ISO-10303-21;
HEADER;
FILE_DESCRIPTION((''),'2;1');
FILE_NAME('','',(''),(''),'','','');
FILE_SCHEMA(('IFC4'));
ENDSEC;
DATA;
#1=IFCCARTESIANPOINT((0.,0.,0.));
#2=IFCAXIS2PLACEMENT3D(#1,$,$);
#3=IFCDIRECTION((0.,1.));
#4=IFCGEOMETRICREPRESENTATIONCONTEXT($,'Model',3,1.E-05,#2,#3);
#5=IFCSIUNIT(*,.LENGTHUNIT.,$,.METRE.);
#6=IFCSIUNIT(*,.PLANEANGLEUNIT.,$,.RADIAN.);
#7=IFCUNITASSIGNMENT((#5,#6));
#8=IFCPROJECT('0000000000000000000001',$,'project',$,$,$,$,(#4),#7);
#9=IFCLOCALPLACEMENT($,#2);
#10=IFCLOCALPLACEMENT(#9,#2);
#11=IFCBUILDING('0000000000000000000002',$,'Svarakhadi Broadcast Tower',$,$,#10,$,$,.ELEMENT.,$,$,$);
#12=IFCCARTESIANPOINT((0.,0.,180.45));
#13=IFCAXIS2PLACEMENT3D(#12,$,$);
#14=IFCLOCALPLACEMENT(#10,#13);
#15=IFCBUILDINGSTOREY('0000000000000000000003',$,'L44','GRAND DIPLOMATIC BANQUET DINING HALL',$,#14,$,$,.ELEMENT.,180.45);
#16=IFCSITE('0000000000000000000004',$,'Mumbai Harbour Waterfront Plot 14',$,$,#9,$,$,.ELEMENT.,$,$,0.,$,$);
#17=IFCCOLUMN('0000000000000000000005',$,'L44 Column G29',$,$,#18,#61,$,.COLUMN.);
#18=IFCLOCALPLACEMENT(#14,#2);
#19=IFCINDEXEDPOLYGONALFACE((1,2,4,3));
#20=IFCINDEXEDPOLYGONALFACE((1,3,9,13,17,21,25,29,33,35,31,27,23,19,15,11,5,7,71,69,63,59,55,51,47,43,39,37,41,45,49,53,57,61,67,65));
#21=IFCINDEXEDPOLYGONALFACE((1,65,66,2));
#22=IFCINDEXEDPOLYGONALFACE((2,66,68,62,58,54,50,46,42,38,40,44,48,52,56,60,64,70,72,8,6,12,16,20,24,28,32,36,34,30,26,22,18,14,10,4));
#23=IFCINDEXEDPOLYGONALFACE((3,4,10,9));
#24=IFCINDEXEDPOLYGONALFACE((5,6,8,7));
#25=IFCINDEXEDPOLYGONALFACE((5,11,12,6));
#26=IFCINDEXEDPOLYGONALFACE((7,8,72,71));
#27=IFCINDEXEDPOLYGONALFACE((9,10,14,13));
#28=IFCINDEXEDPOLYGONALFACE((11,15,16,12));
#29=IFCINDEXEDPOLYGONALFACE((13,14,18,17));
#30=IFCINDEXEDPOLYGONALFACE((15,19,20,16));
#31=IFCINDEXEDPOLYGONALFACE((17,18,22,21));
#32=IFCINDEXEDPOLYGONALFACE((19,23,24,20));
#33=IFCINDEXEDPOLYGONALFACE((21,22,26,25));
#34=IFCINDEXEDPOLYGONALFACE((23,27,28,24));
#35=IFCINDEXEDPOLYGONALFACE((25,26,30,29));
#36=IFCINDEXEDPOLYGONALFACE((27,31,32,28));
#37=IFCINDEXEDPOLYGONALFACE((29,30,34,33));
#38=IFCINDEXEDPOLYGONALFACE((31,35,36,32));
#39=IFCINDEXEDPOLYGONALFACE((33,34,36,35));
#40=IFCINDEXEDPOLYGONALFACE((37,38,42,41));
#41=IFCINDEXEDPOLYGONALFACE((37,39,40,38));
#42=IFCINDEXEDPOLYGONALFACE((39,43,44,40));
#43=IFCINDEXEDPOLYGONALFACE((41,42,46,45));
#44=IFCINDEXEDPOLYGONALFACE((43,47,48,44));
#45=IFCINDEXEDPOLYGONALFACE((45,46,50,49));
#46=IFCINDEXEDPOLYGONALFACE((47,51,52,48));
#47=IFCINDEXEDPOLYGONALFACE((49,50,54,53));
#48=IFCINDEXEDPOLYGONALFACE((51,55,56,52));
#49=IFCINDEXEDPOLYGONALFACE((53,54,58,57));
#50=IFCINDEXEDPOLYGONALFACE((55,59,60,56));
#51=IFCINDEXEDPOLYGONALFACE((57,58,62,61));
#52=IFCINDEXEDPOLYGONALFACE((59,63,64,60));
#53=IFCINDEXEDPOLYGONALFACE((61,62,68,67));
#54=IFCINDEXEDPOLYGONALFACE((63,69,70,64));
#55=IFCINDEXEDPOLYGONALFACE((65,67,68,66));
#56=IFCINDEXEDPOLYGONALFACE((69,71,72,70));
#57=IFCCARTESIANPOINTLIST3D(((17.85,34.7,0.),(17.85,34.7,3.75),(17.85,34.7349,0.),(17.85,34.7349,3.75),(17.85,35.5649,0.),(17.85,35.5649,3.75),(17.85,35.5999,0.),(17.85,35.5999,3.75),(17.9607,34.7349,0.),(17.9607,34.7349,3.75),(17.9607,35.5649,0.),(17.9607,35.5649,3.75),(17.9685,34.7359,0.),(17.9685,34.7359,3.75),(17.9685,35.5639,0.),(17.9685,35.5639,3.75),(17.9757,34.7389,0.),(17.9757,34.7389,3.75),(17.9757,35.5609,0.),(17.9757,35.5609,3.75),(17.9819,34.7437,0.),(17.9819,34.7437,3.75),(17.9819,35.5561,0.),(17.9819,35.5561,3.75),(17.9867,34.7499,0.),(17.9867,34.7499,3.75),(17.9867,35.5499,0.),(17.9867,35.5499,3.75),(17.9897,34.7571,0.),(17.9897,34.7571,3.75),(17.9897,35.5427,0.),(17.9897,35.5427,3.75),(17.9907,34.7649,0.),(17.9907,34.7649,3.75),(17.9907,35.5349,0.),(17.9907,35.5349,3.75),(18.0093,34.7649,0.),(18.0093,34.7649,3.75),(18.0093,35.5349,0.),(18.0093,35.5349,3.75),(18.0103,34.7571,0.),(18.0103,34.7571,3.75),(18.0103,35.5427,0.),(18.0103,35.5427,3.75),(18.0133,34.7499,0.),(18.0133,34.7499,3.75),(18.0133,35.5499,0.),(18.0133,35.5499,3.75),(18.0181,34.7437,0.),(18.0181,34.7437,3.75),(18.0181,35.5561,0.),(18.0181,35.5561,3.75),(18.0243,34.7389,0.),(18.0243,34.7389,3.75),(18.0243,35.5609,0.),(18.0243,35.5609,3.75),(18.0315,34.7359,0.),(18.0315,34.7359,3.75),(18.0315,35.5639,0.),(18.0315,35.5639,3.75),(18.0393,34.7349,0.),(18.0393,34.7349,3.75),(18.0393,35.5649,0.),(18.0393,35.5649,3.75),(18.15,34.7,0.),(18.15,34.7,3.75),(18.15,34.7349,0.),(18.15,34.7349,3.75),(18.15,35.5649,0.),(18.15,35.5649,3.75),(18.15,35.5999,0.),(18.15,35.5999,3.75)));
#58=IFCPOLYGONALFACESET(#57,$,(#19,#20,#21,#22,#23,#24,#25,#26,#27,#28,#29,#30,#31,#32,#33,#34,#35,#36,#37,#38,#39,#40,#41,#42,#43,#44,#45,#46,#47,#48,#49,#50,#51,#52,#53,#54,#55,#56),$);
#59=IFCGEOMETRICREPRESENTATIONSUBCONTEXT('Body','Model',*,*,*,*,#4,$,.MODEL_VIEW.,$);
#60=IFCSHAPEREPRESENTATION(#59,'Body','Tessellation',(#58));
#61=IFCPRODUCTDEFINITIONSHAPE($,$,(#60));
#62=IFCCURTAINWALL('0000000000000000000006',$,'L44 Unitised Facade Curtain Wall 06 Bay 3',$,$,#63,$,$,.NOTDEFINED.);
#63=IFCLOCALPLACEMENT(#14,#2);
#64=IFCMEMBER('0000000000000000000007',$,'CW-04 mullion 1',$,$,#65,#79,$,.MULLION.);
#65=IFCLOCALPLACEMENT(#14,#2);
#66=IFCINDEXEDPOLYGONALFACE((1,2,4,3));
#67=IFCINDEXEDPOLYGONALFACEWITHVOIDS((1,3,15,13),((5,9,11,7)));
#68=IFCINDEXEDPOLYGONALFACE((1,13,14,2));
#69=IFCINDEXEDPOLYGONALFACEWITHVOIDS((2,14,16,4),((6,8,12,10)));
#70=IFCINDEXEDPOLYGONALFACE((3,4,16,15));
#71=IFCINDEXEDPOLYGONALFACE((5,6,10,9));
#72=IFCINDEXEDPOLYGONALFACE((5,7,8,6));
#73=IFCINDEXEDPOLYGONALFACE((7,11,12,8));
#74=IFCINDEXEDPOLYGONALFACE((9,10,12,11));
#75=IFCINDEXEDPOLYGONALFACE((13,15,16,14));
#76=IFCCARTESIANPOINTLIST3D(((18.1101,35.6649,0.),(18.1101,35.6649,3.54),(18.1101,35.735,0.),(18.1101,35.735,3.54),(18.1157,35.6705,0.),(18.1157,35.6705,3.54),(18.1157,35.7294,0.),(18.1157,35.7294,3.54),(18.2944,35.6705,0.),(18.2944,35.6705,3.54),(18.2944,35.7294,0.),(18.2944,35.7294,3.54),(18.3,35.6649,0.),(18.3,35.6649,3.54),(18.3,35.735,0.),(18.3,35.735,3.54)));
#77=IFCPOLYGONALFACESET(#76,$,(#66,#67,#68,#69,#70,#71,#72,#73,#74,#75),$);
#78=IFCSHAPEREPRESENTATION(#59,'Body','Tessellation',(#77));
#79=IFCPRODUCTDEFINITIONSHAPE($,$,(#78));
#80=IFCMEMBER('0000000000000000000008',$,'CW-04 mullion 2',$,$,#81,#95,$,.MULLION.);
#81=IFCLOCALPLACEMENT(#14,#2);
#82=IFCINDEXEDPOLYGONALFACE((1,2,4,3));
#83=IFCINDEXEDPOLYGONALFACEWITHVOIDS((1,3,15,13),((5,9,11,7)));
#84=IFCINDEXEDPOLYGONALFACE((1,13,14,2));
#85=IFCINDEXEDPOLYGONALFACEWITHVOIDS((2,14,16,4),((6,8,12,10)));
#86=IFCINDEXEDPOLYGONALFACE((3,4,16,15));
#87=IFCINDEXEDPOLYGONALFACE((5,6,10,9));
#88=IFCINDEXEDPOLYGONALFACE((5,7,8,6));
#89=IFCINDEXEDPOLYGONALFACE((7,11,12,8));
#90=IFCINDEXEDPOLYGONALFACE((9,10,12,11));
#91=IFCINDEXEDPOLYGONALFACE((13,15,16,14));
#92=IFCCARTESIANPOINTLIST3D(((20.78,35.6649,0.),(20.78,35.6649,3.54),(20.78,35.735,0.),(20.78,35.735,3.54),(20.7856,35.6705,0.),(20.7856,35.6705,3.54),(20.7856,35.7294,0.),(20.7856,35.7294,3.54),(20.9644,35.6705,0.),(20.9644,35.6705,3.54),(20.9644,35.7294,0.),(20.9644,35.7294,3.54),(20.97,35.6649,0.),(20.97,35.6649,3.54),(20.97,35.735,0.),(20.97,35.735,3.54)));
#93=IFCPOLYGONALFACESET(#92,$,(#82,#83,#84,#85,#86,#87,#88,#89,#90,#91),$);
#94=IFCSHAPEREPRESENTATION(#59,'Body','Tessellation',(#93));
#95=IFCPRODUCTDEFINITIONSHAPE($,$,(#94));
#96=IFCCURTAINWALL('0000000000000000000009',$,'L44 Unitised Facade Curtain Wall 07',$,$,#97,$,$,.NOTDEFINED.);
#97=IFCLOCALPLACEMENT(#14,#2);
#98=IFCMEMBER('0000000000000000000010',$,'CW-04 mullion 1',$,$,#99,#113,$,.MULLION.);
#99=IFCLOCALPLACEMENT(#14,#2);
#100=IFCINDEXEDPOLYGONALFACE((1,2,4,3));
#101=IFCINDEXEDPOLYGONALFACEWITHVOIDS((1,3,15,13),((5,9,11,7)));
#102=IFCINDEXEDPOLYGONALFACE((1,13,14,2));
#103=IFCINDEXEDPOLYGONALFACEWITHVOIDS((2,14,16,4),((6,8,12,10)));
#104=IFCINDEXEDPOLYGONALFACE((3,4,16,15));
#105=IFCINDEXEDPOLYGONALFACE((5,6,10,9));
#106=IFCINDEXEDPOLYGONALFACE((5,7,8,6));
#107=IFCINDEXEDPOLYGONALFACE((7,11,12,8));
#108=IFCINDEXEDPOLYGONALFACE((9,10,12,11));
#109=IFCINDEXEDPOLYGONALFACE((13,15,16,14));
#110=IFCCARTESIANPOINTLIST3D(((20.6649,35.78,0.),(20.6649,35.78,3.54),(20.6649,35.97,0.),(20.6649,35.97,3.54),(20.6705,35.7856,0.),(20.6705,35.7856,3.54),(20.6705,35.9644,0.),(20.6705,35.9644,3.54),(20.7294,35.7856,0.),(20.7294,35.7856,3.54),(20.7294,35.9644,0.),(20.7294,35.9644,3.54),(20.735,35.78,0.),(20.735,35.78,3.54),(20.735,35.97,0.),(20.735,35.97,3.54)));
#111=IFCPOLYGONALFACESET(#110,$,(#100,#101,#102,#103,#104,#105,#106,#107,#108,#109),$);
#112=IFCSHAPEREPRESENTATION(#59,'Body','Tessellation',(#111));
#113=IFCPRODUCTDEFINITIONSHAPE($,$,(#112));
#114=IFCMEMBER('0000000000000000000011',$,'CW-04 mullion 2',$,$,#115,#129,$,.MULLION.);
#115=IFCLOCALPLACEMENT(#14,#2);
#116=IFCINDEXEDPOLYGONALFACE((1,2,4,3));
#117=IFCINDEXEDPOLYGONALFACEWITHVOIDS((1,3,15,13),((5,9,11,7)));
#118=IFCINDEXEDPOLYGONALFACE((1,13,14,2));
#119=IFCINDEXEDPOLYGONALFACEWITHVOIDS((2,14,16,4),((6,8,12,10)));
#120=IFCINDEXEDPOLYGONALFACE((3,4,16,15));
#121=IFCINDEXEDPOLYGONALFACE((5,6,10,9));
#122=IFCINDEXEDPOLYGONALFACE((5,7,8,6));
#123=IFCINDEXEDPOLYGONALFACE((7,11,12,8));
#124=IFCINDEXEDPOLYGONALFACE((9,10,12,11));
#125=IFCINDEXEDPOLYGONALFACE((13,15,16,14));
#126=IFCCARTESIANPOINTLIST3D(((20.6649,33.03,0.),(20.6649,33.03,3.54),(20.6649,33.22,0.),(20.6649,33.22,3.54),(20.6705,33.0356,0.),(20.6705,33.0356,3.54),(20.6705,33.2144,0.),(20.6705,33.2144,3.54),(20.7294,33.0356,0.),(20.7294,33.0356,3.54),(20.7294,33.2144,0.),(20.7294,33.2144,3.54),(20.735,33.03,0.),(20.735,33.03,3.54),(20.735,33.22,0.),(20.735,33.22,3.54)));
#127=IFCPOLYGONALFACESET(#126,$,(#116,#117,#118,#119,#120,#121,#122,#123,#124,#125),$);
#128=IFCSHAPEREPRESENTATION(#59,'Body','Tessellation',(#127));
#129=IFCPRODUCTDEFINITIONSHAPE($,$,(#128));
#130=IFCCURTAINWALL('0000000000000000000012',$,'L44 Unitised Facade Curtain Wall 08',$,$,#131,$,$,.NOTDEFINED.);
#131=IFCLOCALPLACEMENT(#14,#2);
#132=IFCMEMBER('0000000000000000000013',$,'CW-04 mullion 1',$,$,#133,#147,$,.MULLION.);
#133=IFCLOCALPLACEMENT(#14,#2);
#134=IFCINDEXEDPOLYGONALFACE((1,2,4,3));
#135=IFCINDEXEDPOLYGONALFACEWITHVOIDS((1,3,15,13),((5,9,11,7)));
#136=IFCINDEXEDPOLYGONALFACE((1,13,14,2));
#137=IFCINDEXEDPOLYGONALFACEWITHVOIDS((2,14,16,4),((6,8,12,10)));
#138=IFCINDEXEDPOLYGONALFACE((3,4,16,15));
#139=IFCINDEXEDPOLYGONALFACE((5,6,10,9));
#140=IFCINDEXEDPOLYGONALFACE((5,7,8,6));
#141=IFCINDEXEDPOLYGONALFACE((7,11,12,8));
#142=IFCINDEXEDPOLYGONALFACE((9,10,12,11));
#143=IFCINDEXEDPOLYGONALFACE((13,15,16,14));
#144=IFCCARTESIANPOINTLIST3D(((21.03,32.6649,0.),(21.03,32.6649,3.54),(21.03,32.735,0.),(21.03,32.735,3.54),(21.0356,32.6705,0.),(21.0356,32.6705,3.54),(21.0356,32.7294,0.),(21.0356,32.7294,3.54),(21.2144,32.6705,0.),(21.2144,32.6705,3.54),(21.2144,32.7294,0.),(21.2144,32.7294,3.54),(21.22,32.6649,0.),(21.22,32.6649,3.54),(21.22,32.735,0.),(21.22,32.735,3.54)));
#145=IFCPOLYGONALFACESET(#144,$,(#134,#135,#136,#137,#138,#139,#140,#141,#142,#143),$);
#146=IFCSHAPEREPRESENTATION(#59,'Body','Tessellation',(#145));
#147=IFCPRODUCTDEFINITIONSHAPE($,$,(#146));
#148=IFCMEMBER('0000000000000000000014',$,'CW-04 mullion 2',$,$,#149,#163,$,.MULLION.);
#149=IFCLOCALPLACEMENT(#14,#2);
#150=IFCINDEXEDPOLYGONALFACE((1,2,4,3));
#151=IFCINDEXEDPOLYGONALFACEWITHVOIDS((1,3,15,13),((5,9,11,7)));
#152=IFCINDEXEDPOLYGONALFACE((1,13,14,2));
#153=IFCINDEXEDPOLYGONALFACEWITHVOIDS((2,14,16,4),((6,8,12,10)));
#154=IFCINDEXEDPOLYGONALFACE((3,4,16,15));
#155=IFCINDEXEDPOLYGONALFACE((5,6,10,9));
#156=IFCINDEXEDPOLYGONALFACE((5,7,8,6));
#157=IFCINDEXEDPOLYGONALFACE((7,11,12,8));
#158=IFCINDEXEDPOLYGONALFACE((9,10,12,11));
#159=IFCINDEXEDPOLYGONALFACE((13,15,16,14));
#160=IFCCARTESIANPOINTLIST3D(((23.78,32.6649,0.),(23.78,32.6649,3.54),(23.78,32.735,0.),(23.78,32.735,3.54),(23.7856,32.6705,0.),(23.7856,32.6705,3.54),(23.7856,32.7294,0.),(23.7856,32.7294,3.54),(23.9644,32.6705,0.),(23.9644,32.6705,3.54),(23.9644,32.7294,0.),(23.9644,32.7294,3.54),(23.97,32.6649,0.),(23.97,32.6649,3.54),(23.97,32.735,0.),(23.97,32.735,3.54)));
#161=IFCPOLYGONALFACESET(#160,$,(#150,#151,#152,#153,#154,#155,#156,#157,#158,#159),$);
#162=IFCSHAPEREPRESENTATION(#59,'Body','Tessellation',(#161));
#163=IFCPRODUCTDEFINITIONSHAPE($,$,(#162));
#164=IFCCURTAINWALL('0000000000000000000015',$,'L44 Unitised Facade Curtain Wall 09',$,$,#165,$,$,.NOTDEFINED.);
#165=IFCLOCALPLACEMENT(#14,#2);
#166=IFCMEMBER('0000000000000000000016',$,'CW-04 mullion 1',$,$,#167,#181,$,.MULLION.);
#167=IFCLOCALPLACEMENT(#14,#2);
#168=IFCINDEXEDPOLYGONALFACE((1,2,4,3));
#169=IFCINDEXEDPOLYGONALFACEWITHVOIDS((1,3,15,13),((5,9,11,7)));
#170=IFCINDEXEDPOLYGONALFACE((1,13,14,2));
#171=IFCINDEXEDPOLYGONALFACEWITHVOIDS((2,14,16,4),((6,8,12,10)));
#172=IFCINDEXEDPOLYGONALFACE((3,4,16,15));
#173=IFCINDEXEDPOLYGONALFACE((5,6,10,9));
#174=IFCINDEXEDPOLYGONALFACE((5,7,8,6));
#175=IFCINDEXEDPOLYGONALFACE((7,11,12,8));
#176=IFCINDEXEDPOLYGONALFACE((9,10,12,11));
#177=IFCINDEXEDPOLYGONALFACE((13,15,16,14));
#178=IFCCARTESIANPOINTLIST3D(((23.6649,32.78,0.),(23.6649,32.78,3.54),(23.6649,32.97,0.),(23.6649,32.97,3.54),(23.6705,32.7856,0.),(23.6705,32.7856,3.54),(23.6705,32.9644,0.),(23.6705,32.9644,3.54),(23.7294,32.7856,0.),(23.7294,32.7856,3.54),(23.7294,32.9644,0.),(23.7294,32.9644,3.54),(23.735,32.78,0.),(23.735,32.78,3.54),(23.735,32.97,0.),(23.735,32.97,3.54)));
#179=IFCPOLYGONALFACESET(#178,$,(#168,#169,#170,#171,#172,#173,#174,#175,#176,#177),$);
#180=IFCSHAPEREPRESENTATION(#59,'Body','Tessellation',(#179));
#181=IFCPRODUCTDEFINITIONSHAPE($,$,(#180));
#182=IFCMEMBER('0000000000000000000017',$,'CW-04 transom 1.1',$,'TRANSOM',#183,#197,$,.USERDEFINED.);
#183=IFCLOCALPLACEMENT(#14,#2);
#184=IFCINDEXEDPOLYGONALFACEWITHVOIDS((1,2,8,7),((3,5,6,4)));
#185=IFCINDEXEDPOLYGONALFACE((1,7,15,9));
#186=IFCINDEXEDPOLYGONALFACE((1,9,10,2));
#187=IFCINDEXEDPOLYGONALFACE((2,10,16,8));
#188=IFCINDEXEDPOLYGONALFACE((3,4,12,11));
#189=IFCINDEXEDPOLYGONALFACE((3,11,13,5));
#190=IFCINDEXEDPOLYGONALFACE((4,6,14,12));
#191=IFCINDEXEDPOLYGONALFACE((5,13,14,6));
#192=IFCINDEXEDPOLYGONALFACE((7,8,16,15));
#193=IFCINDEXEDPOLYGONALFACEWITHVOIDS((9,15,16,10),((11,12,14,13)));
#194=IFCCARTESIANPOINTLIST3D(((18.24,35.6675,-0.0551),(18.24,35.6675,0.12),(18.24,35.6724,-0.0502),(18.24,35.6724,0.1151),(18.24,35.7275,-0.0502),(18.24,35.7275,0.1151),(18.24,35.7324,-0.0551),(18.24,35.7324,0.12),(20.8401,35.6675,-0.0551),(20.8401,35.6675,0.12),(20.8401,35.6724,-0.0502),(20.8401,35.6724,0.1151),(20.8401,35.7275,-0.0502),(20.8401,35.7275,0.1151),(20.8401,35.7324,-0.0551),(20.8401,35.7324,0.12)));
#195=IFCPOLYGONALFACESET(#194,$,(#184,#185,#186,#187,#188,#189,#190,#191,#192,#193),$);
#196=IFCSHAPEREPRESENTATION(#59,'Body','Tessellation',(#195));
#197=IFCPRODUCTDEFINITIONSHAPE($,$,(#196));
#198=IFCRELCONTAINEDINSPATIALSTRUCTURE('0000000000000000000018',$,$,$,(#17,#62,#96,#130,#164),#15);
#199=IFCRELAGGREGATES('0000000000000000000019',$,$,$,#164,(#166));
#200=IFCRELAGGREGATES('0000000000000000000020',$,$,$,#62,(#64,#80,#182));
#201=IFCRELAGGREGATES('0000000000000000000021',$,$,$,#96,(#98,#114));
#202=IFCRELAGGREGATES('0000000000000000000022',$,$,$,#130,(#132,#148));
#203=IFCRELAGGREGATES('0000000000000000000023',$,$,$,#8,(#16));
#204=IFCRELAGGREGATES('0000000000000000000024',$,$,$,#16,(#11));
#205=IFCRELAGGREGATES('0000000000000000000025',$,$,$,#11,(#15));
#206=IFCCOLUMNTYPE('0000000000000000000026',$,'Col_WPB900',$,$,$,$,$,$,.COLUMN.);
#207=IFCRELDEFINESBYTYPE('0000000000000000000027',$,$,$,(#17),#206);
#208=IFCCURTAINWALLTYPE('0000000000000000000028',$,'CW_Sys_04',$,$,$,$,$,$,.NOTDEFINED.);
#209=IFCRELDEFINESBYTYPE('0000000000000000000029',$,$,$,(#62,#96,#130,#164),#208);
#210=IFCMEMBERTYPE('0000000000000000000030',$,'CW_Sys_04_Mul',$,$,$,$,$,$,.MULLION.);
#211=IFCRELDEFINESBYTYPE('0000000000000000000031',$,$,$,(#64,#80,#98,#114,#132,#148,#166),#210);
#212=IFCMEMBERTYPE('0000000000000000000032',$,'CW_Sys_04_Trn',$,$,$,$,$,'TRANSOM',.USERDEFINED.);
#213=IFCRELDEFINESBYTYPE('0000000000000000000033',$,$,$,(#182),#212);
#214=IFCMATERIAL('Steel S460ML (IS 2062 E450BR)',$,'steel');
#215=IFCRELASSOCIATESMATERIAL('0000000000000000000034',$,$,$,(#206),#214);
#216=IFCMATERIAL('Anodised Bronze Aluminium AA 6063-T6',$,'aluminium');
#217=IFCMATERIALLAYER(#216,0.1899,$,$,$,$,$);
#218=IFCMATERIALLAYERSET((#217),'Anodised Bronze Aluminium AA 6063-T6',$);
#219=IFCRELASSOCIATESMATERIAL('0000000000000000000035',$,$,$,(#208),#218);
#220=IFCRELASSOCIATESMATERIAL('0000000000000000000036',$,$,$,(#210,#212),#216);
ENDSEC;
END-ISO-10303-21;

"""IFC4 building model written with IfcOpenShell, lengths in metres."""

from ifc_helpers import new_model, si_unit, direction, frame, origin, origin_2d, place, context, subcontext, project, spatial, hollow_rectangle, i_section, extrude, material, layer, layer_set, material_profile, profile_set, type_object, element, aggregate, save


model = new_model("IFC4")

# Units and contexts
model_context = context("Model", 3, precision=1e-05, world=origin(), true_north=direction((0.0, 1.0)))
body_context = subcontext(model_context, "Body", "Model", "MODEL_VIEW")
ifc_project = project(units=[si_unit("LENGTHUNIT", "METRE"), si_unit("PLANEANGLEUNIT", "RADIAN")], contexts=[model_context])

# Site, building, storey
site_placement = place(None, origin())
site = spatial("IfcSite", under=ifc_project, at=site_placement, Name="Mumbai Harbour Waterfront Plot 14", CompositionType="ELEMENT", RefElevation=0.0)
building_placement = place(site_placement, origin())
building = spatial("IfcBuilding", under=site, at=building_placement, Name="Svarakhadi Broadcast Tower", CompositionType="ELEMENT")
storey_placement = place(building_placement, frame((0.0, 0.0, 180.45)))
storey = spatial("IfcBuildingStorey", under=building, at=storey_placement, Name="L44", Description="GRAND DIPLOMATIC BANQUET DINING HALL", CompositionType="ELEMENT", Elevation=180.45)

# Column
ifc_material_1 = material(Name="Steel S460ML (IS 2062 E450BR)", Category="steel")
ifc_material_profile_1 = material_profile(ifc_material_1, i_section(OverallWidth=0.3, OverallDepth=0.8999, WebThickness=0.0186, FlangeThickness=0.0349, FilletRadius=0.03, at=origin_2d()), Name="WPB 900x300x291")
ifc_profile_set_1 = profile_set([ifc_material_profile_1], Name="Steel S460ML (IS 2062 E450BR)")
column_type = type_object("IfcColumnType", Name="Col_WPB900", PredefinedType="COLUMN", material=ifc_profile_set_1)
column_placement = place(storey_placement, frame((18.0, 35.1499, 0.0), z_axis=(0.0, 0.0, 1.0), x_axis=(1.0, 0.0, 0.0)))
element("IfcColumn", 1, at=column_placement, inside=storey, type_object=column_type, Name="L44 Column G29", PredefinedType="COLUMN", context=body_context, shape_type="SweptSolid", body=[
    extrude(i_section(OverallWidth=0.3, OverallDepth=0.8999, WebThickness=0.0186, FlangeThickness=0.0349, FilletRadius=0.03, at=origin_2d()), origin(), (0.0, 0.0, 1.0), 3.75),
])

# Curtain walls, members
ifc_material_2 = material(Name="Anodised Bronze Aluminium AA 6063-T6", Category="aluminium")
ifc_layer_1 = layer(ifc_material_2, 0.1899)
ifc_layer_set_1 = layer_set([ifc_layer_1], Name="Anodised Bronze Aluminium AA 6063-T6")
curtain_wall_type = type_object("IfcCurtainWallType", Name="CW_Sys_04", PredefinedType="NOTDEFINED", material=ifc_layer_set_1)
curtain_wall_1_placement = place(storey_placement, origin())
curtain_wall_1 = element("IfcCurtainWall", 2, at=curtain_wall_1_placement, inside=storey, type_object=curtain_wall_type, Name="L44 Unitised Facade Curtain Wall 06 Bay 3", PredefinedType="NOTDEFINED")
ifc_material_profile_2 = material_profile(ifc_material_2, hollow_rectangle(XDim=0.0701, YDim=0.1899, WallThickness=0.0056, at=origin_2d()), Name="ALU MULLION 190x70x6")
ifc_profile_set_2 = profile_set([ifc_material_profile_2], Name="Anodised Bronze Aluminium AA 6063-T6")
member_type_1 = type_object("IfcMemberType", Name="CW_Sys_04_Mul", PredefinedType="MULLION", material=ifc_profile_set_2)
member_1_placement = place(storey_placement, frame((18.2051, 35.7, 0.0), z_axis=(0.0, 0.0, 1.0), x_axis=(0.0, 1.0, 0.0)))
member_1 = element("IfcMember", 3, at=member_1_placement, type_object=member_type_1, Name="CW-04 mullion 1", PredefinedType="MULLION", context=body_context, shape_type="SweptSolid", body=[
    extrude(hollow_rectangle(XDim=0.0701, YDim=0.1899, WallThickness=0.0056, at=origin_2d()), origin(), (0.0, 0.0, 1.0), 3.54),
])
member_2_placement = place(storey_placement, frame((20.875, 35.7, 0.0), z_axis=(0.0, 0.0, 1.0), x_axis=(0.0, 1.0, 0.0)))
member_2 = element("IfcMember", 4, at=member_2_placement, type_object=member_type_1, Name="CW-04 mullion 2", PredefinedType="MULLION", context=body_context, shape_type="SweptSolid", body=[
    extrude(hollow_rectangle(XDim=0.0701, YDim=0.1899, WallThickness=0.0056, at=origin_2d()), origin(), (0.0, 0.0, 1.0), 3.54),
])
curtain_wall_2_placement = place(storey_placement, origin())
curtain_wall_2 = element("IfcCurtainWall", 5, at=curtain_wall_2_placement, inside=storey, type_object=curtain_wall_type, Name="L44 Unitised Facade Curtain Wall 07", PredefinedType="NOTDEFINED")
member_3_placement = place(storey_placement, frame((20.7, 35.875, 0.0), z_axis=(0.0, 0.0, 1.0), x_axis=(1.0, 0.0, 0.0)))
member_3 = element("IfcMember", 6, at=member_3_placement, type_object=member_type_1, Name="CW-04 mullion 1", PredefinedType="MULLION", context=body_context, shape_type="SweptSolid", body=[
    extrude(hollow_rectangle(XDim=0.0701, YDim=0.1899, WallThickness=0.0056, at=origin_2d()), origin(), (0.0, 0.0, 1.0), 3.54),
])
member_4_placement = place(storey_placement, frame((20.7, 33.125, 0.0), z_axis=(0.0, 0.0, 1.0), x_axis=(1.0, 0.0, 0.0)))
member_4 = element("IfcMember", 7, at=member_4_placement, type_object=member_type_1, Name="CW-04 mullion 2", PredefinedType="MULLION", context=body_context, shape_type="SweptSolid", body=[
    extrude(hollow_rectangle(XDim=0.0701, YDim=0.1899, WallThickness=0.0056, at=origin_2d()), origin(), (0.0, 0.0, 1.0), 3.54),
])
curtain_wall_3_placement = place(storey_placement, origin())
curtain_wall_3 = element("IfcCurtainWall", 8, at=curtain_wall_3_placement, inside=storey, type_object=curtain_wall_type, Name="L44 Unitised Facade Curtain Wall 08", PredefinedType="NOTDEFINED")
member_5_placement = place(storey_placement, frame((21.125, 32.7, 0.0), z_axis=(0.0, 0.0, 1.0), x_axis=(0.0, 1.0, 0.0)))
member_5 = element("IfcMember", 9, at=member_5_placement, type_object=member_type_1, Name="CW-04 mullion 1", PredefinedType="MULLION", context=body_context, shape_type="SweptSolid", body=[
    extrude(hollow_rectangle(XDim=0.0701, YDim=0.1899, WallThickness=0.0056, at=origin_2d()), origin(), (0.0, 0.0, 1.0), 3.54),
])
member_6_placement = place(storey_placement, frame((23.875, 32.7, 0.0), z_axis=(0.0, 0.0, 1.0), x_axis=(0.0, 1.0, 0.0)))
member_6 = element("IfcMember", 10, at=member_6_placement, type_object=member_type_1, Name="CW-04 mullion 2", PredefinedType="MULLION", context=body_context, shape_type="SweptSolid", body=[
    extrude(hollow_rectangle(XDim=0.0701, YDim=0.1899, WallThickness=0.0056, at=origin_2d()), origin(), (0.0, 0.0, 1.0), 3.54),
])

# Curtain wall, member
curtain_wall_4_placement = place(storey_placement, origin())
curtain_wall_4 = element("IfcCurtainWall", 11, at=curtain_wall_4_placement, inside=storey, type_object=curtain_wall_type, Name="L44 Unitised Facade Curtain Wall 09", PredefinedType="NOTDEFINED")
member_7_placement = place(storey_placement, frame((23.7, 32.875, 0.0), z_axis=(0.0, 0.0, 1.0), x_axis=(1.0, 0.0, 0.0)))
member_7 = element("IfcMember", 12, at=member_7_placement, type_object=member_type_1, Name="CW-04 mullion 1", PredefinedType="MULLION", context=body_context, shape_type="SweptSolid", body=[
    extrude(hollow_rectangle(XDim=0.0701, YDim=0.1899, WallThickness=0.0056, at=origin_2d()), origin(), (0.0, 0.0, 1.0), 3.54),
])

# Member
ifc_material_profile_3 = material_profile(ifc_material_2, hollow_rectangle(XDim=0.0649, YDim=0.175, WallThickness=0.0049, at=origin_2d()), Name="ALU TRANSOM 175x65x5")
ifc_profile_set_3 = profile_set([ifc_material_profile_3], Name="Anodised Bronze Aluminium AA 6063-T6")
member_type_2 = type_object("IfcMemberType", Name="CW_Sys_04_Trn", ElementType="TRANSOM", PredefinedType="USERDEFINED", material=ifc_profile_set_3)
member_8_placement = place(storey_placement, frame((18.24, 35.7, 0.0325), z_axis=(1.0, 0.0, 0.0), x_axis=(0.0, 1.0, 0.0)))
member_8 = element("IfcMember", 13, at=member_8_placement, type_object=member_type_2, Name="CW-04 transom 1.1", ObjectType="TRANSOM", PredefinedType="USERDEFINED", context=body_context, shape_type="SweptSolid", body=[
    extrude(hollow_rectangle(XDim=0.0649, YDim=0.175, WallThickness=0.0049, at=origin_2d()), origin(), (0.0, 0.0, 1.0), 2.6001),
])
aggregate(curtain_wall_4, [member_7])

aggregate(curtain_wall_1, [member_1, member_2, member_8])
aggregate(curtain_wall_2, [member_3, member_4])
aggregate(curtain_wall_3, [member_5, member_6])

save(model, "model.ifc")
